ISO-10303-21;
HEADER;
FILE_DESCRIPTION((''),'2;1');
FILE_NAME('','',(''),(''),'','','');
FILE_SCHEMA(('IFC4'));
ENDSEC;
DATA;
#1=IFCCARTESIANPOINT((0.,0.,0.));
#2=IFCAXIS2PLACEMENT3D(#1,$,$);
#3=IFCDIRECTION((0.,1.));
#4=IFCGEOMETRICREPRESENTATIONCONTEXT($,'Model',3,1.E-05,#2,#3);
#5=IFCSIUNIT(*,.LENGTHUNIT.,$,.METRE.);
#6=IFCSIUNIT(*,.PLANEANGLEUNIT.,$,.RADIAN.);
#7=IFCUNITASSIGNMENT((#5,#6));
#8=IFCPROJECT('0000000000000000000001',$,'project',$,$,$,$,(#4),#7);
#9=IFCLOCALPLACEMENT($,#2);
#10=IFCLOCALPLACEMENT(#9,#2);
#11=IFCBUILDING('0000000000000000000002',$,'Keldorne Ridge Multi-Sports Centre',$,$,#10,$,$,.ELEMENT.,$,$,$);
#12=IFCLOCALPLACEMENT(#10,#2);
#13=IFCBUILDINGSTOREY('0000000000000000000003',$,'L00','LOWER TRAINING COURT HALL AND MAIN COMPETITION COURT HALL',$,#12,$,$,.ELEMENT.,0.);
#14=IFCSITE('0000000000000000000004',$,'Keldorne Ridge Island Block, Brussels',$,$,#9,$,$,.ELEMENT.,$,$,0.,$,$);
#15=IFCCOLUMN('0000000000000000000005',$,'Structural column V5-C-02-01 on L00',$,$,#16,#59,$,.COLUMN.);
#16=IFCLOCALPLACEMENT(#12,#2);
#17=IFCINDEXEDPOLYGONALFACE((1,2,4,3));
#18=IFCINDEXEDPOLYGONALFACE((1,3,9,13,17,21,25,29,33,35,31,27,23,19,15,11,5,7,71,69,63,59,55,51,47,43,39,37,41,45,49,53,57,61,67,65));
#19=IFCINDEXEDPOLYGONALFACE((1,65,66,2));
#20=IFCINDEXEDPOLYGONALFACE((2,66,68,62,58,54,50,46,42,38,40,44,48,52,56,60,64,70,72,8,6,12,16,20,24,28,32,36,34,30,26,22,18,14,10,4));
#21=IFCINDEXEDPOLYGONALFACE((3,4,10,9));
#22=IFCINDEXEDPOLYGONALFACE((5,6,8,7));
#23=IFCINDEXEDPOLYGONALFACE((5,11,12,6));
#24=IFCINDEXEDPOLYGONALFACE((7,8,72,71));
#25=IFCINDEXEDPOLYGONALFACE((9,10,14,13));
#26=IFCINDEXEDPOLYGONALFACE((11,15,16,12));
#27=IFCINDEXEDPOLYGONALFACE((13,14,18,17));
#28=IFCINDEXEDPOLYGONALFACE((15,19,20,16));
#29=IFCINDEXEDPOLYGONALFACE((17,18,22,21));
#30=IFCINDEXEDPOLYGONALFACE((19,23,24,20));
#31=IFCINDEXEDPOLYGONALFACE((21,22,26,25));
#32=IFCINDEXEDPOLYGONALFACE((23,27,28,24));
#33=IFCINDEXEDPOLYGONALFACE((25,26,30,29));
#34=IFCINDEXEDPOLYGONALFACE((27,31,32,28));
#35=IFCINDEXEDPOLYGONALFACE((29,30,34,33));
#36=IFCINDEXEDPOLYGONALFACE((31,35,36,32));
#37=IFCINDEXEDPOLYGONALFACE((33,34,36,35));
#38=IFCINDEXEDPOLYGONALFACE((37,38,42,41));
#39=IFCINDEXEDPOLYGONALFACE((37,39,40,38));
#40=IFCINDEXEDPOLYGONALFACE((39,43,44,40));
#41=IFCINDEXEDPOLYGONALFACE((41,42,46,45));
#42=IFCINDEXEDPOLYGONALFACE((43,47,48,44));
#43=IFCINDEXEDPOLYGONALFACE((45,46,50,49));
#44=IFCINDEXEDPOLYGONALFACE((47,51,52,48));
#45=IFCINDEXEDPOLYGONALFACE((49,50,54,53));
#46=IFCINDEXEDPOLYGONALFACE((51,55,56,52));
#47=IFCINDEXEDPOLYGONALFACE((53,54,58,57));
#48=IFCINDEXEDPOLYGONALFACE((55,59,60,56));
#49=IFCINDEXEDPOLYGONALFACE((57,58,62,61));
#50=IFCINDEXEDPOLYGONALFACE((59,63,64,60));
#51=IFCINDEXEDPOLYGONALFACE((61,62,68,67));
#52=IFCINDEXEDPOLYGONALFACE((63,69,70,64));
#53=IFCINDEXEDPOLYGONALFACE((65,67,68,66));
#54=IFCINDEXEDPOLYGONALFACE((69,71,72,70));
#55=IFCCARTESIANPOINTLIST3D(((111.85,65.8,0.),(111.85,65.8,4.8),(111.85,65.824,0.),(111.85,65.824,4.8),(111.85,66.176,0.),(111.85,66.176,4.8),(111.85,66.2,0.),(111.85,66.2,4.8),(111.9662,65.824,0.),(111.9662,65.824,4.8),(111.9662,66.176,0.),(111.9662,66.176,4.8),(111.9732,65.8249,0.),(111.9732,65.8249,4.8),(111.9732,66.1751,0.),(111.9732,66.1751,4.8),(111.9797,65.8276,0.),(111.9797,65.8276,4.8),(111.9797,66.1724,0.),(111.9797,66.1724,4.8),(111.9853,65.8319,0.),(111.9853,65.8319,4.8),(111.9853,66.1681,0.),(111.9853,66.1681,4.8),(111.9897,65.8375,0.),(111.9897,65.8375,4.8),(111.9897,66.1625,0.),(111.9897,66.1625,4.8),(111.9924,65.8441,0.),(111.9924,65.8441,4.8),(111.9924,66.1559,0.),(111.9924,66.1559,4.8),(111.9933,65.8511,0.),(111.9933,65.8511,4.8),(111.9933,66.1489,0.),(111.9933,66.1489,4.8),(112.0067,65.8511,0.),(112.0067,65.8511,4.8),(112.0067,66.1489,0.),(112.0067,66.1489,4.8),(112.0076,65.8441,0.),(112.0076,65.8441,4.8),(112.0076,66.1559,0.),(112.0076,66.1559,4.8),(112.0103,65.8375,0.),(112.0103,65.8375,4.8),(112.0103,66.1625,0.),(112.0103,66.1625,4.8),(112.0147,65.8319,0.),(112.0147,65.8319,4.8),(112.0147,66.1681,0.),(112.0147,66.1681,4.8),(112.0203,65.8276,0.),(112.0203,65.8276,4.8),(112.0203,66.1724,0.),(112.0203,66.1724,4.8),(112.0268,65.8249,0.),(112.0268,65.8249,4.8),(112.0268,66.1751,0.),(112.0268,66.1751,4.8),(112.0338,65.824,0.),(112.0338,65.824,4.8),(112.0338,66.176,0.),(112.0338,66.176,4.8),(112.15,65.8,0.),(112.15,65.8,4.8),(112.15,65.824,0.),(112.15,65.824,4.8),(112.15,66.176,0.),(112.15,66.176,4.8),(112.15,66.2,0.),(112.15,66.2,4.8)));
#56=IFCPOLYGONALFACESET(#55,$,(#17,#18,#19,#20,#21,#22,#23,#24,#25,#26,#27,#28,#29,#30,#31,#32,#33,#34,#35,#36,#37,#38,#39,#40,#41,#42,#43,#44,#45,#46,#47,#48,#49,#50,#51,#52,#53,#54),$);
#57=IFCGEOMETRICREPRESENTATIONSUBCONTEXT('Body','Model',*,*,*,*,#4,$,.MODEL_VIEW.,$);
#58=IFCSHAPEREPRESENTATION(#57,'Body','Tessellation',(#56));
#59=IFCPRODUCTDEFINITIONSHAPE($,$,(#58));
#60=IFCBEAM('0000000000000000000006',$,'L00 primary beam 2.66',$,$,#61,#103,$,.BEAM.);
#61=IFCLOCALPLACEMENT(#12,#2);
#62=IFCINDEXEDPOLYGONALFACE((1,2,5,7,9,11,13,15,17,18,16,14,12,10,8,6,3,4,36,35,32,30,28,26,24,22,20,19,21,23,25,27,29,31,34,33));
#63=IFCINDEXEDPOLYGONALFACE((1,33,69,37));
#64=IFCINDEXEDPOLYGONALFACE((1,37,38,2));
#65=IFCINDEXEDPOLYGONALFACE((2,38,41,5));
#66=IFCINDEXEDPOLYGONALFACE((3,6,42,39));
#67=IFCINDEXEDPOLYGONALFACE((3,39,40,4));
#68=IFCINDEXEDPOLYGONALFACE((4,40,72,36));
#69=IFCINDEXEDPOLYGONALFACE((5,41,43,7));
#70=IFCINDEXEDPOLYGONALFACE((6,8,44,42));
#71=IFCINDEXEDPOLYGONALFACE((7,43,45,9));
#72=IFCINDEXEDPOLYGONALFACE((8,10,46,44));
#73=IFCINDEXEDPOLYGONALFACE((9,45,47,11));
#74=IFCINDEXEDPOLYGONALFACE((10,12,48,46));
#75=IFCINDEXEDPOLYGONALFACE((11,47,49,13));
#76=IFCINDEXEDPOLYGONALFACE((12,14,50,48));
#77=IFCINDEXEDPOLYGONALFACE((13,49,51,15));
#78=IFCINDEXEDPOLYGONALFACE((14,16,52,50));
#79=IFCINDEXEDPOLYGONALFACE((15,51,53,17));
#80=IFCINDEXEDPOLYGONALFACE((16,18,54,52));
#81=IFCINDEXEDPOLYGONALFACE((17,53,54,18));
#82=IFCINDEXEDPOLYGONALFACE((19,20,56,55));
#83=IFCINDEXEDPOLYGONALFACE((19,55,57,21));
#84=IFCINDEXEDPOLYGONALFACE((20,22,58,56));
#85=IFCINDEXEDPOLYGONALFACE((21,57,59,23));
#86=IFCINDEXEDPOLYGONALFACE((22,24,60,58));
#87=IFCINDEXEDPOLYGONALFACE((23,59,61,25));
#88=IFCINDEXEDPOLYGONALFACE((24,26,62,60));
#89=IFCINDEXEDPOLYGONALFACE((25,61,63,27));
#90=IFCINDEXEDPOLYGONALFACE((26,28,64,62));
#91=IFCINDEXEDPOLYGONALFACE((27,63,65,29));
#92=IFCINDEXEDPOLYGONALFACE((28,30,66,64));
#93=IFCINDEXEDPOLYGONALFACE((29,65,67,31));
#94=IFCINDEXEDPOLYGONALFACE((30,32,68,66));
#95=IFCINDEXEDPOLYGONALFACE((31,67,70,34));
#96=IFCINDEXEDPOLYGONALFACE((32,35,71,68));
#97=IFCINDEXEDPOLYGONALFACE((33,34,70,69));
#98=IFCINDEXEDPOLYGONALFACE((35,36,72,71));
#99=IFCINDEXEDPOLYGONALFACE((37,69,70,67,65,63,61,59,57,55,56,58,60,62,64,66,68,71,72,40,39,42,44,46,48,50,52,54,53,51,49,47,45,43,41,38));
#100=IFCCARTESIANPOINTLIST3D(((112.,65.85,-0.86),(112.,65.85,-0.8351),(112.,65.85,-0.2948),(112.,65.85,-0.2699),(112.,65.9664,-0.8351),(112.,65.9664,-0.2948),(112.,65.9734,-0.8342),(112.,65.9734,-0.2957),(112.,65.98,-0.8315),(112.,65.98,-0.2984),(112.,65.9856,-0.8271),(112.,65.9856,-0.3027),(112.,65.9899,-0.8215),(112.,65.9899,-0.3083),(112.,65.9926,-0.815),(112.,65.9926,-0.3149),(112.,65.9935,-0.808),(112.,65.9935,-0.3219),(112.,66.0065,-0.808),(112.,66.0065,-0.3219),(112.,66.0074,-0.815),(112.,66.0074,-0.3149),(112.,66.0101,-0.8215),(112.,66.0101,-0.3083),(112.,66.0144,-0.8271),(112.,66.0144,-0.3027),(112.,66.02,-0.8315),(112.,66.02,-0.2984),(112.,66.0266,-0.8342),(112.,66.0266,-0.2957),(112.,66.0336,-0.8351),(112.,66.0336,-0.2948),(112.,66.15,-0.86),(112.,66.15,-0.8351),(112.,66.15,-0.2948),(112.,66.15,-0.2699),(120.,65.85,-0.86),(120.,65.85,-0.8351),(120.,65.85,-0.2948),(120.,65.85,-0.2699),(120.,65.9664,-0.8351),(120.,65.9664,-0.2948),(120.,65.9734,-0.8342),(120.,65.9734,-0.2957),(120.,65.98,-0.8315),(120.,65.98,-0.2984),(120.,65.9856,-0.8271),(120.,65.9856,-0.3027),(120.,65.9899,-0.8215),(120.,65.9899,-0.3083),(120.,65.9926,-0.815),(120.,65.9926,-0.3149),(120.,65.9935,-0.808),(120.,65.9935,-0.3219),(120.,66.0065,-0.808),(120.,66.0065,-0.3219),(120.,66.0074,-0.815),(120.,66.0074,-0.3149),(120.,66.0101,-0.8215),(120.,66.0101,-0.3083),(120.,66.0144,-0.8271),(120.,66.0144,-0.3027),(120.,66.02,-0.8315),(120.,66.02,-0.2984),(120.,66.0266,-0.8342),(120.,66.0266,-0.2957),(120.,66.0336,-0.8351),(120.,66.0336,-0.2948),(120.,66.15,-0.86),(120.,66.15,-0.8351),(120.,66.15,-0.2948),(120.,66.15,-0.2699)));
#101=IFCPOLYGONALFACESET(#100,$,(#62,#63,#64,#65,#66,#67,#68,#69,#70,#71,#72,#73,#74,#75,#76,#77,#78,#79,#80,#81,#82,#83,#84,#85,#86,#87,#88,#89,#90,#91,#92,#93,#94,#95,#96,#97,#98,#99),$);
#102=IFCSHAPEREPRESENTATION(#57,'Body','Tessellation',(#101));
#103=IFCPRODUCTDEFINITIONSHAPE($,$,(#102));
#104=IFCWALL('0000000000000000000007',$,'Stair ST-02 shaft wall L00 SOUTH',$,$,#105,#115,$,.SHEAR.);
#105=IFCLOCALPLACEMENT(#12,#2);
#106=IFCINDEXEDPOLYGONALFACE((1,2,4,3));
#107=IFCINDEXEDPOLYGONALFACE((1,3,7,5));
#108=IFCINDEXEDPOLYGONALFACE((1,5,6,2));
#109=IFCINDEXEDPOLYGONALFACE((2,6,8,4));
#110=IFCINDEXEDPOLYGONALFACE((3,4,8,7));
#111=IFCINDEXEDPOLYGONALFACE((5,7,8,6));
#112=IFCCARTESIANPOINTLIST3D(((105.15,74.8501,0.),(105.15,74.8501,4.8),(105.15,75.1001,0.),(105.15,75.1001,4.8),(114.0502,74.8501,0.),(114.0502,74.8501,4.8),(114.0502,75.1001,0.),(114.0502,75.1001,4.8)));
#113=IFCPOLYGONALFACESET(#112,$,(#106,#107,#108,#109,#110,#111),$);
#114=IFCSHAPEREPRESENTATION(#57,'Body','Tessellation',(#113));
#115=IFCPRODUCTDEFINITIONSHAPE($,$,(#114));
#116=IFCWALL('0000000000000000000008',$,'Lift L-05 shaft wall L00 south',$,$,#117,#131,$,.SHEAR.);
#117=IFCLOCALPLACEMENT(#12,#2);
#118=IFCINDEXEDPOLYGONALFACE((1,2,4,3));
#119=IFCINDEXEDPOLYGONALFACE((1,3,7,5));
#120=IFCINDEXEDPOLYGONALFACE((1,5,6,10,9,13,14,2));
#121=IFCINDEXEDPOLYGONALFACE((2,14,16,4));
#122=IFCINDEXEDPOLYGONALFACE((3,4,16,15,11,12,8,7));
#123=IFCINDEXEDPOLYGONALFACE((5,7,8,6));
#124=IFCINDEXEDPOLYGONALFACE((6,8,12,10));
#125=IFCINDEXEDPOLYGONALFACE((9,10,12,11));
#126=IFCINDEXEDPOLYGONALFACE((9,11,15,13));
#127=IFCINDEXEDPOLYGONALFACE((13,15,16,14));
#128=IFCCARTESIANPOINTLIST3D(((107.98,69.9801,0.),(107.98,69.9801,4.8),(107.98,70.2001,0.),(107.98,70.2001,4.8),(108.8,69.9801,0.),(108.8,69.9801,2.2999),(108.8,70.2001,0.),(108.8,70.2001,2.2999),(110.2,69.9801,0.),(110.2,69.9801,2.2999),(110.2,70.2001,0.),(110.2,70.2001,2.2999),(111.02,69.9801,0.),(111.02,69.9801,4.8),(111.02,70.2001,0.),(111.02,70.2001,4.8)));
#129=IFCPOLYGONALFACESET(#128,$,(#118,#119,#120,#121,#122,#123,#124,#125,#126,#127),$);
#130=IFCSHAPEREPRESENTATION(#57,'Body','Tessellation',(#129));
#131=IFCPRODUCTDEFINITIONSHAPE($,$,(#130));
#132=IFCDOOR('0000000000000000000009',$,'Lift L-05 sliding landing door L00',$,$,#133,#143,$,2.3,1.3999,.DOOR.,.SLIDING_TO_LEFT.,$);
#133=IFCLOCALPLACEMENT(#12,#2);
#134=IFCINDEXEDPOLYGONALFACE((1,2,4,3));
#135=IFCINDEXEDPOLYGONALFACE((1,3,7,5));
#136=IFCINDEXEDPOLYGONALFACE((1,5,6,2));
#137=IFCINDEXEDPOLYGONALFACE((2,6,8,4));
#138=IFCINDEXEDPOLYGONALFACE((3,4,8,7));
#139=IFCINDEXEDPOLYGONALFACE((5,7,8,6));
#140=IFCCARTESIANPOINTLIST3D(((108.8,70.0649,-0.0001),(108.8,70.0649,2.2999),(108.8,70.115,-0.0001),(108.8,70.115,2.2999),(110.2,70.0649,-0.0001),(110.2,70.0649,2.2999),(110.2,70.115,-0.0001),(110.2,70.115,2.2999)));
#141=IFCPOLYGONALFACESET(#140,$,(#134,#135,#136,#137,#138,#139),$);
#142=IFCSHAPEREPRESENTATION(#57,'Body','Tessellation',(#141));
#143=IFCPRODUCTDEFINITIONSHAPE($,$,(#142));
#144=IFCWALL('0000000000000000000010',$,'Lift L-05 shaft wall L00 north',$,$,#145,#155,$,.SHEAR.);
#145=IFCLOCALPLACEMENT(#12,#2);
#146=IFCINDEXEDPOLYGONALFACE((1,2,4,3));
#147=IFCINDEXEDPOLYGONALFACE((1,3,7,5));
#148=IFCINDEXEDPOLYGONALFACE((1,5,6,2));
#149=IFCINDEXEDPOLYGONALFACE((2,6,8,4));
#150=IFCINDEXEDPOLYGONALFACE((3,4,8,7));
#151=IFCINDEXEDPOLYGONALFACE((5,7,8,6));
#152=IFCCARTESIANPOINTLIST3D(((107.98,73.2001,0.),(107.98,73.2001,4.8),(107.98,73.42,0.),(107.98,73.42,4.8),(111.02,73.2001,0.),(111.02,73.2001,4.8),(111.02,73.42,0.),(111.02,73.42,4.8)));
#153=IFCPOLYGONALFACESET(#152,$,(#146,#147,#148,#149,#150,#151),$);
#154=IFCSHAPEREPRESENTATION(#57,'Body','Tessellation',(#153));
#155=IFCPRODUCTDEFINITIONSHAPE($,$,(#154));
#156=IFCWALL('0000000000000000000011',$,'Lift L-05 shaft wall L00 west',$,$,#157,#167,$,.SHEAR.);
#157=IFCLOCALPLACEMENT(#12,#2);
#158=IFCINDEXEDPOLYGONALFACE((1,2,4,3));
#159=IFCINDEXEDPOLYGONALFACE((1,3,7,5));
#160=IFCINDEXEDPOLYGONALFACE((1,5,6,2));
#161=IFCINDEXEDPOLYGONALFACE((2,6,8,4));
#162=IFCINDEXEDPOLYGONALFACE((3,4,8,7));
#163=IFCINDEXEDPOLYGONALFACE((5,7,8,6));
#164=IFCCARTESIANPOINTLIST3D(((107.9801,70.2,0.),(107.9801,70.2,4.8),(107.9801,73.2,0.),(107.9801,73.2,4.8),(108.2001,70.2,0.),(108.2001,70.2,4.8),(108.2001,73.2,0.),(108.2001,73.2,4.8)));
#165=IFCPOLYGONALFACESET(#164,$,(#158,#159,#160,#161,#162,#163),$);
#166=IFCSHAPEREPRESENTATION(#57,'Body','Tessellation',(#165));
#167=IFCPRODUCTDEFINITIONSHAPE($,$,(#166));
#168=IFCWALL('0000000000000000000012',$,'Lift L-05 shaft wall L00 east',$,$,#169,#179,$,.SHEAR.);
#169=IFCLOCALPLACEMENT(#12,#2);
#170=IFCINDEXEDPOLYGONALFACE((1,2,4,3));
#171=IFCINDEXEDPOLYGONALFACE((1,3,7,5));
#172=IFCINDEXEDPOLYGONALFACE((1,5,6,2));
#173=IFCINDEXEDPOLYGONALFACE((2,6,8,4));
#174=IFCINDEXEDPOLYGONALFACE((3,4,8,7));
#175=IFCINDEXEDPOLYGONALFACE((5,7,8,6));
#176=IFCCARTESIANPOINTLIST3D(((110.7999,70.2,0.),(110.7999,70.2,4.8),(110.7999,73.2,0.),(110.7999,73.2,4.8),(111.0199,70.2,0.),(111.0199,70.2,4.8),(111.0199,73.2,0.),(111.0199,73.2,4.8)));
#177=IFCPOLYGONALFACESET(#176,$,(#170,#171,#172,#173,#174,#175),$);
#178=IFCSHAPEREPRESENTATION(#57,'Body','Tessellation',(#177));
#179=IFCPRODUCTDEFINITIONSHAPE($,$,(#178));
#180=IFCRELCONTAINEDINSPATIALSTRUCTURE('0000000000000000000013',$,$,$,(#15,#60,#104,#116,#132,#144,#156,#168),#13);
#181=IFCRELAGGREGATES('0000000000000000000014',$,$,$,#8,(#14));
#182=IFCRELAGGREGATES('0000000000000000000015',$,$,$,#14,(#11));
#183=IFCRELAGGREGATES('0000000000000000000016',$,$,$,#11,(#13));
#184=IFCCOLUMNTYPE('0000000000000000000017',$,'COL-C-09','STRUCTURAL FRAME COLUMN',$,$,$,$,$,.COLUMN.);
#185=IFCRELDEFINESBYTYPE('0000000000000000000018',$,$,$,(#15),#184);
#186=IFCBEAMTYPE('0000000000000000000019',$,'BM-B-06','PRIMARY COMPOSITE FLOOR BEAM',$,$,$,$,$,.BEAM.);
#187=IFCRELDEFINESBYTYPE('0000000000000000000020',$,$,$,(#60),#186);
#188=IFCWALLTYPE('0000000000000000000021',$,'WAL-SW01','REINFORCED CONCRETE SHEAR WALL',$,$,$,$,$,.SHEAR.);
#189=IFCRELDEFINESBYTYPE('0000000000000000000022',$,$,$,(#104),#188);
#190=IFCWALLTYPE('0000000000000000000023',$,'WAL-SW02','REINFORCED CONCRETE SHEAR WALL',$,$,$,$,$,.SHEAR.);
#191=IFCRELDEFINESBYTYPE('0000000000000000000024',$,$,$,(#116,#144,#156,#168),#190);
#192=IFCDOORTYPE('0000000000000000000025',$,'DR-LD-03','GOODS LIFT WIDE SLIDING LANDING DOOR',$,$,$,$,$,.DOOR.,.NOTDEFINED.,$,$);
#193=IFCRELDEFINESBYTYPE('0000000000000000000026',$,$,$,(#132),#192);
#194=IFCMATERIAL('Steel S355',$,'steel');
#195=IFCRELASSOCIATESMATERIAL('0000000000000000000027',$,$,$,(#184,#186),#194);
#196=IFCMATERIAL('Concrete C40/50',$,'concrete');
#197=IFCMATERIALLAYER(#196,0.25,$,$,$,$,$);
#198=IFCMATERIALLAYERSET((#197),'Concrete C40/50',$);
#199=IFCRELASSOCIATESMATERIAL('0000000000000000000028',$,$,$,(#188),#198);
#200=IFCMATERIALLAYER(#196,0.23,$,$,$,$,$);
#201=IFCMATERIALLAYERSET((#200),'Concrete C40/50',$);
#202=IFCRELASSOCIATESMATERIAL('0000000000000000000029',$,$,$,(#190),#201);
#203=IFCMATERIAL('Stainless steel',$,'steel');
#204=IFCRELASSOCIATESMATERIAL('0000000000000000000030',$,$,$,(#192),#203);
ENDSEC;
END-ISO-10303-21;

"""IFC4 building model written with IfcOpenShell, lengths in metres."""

from ifc_helpers import new_model, si_unit, direction, frame, frame_2d, origin, origin_2d, place, context, subcontext, project, spatial, rectangle, i_section, extrude, material, layer, layer_set, material_profile, profile_set, type_object, element, fill, save


model = new_model("IFC4")

# Units and contexts
model_context = context("Model", 3, precision=1e-05, world=origin(), true_north=direction((0.0, 1.0)))
body_context = subcontext(model_context, "Body", "Model", "MODEL_VIEW")
ifc_project = project(units=[si_unit("LENGTHUNIT", "METRE"), si_unit("PLANEANGLEUNIT", "RADIAN")], contexts=[model_context])

# Site, building, storey
site_placement = place(None, origin())
site = spatial("IfcSite", under=ifc_project, at=site_placement, Name="Keldorne Ridge Island Block, Brussels", CompositionType="ELEMENT", RefElevation=0.0)
building_placement = place(site_placement, origin())
building = spatial("IfcBuilding", under=site, at=building_placement, Name="Keldorne Ridge Multi-Sports Centre", CompositionType="ELEMENT")
storey_placement = place(building_placement, origin())
storey = spatial("IfcBuildingStorey", under=building, at=storey_placement, Name="L00", Description="LOWER TRAINING COURT HALL AND MAIN COMPETITION COURT HALL", CompositionType="ELEMENT", Elevation=0.0)

# Column
ifc_material_1 = material(Name="Steel S355", Category="steel")
ifc_material_profile_1 = material_profile(ifc_material_1, i_section(OverallWidth=0.3, OverallDepth=0.3999, WebThickness=0.0134, FlangeThickness=0.0239, FilletRadius=0.0271, at=origin_2d()), Name="HEB 400")
ifc_profile_set_1 = profile_set([ifc_material_profile_1], Name="Steel S355")
column_type = type_object("IfcColumnType", Name="COL-C-09", Description="STRUCTURAL FRAME COLUMN", PredefinedType="COLUMN", material=ifc_profile_set_1)
column_placement = place(storey_placement, frame((112.0, 66.0, 0.0), z_axis=(0.0, 0.0, 1.0), x_axis=(1.0, 0.0, 0.0)))
element("IfcColumn", 1, at=column_placement, inside=storey, type_object=column_type, Name="Structural column V5-C-02-01 on L00", PredefinedType="COLUMN", context=body_context, shape_type="SweptSolid", body=[
    extrude(i_section(OverallWidth=0.3, OverallDepth=0.3999, WebThickness=0.0134, FlangeThickness=0.0239, FilletRadius=0.0271, at=origin_2d()), origin(), (0.0, 0.0, 1.0), 4.8),
])

# Beam
ifc_material_profile_2 = material_profile(ifc_material_1, i_section(OverallWidth=0.3, OverallDepth=0.5901, WebThickness=0.0129, FlangeThickness=0.0249, FilletRadius=0.0271, at=origin_2d()), Name="HEA 600")
ifc_profile_set_2 = profile_set([ifc_material_profile_2], Name="Steel S355")
beam_type = type_object("IfcBeamType", Name="BM-B-06", Description="PRIMARY COMPOSITE FLOOR BEAM", PredefinedType="BEAM", material=ifc_profile_set_2)
beam_placement = place(storey_placement, frame((112.0, 66.0, -0.5649), z_axis=(1.0, 0.0, 0.0), x_axis=(0.0, 1.0, 0.0)))
element("IfcBeam", 2, at=beam_placement, inside=storey, type_object=beam_type, Name="L00 primary beam 2.66", PredefinedType="BEAM", context=body_context, shape_type="SweptSolid", body=[
    extrude(i_section(OverallWidth=0.3, OverallDepth=0.5901, WebThickness=0.0129, FlangeThickness=0.0249, FilletRadius=0.0271, at=origin_2d()), origin(), (0.0, 0.0, 1.0), 8.0),
])

# Wall
ifc_material_2 = material(Name="Concrete C40/50", Category="concrete")
ifc_layer_1 = layer(ifc_material_2, 0.25)
ifc_layer_set_1 = layer_set([ifc_layer_1], Name="Concrete C40/50")
wall_type_1 = type_object("IfcWallType", Name="WAL-SW01", Description="REINFORCED CONCRETE SHEAR WALL", PredefinedType="SHEAR", material=ifc_layer_set_1)
wall_1_placement = place(storey_placement, frame((105.1499, 74.9751, 0.0), z_axis=(0.0, 0.0, 1.0), x_axis=(1.0, 0.0, 0.0)))
element("IfcWall", 3, at=wall_1_placement, inside=storey, type_object=wall_type_1, Name="Stair ST-02 shaft wall L00 SOUTH", PredefinedType="SHEAR", context=body_context, shape_type="SweptSolid", body=[
    extrude(rectangle(XDim=8.9001, YDim=0.25, at=frame_2d((4.4502, 0.0))), origin(), (0.0, 0.0, 1.0), 4.8),
])

# Wall, opening, door
ifc_layer_2 = layer(ifc_material_2, 0.23)
ifc_layer_set_2 = layer_set([ifc_layer_2], Name="Concrete C40/50")
wall_type_2 = type_object("IfcWallType", Name="WAL-SW02", Description="REINFORCED CONCRETE SHEAR WALL", PredefinedType="SHEAR", material=ifc_layer_set_2)
wall_2_placement = place(storey_placement, frame((107.98, 70.0901, 0.0), z_axis=(0.0, 0.0, 1.0), x_axis=(1.0, 0.0, 0.0)))
wall_2 = element("IfcWall", 4, at=wall_2_placement, inside=storey, type_object=wall_type_2, Name="Lift L-05 shaft wall L00 south", PredefinedType="SHEAR", context=body_context, shape_type="SweptSolid", body=[
    extrude(rectangle(XDim=3.04, YDim=0.22, at=frame_2d((1.52, 0.0))), origin(), (0.0, 0.0, 1.0), 4.8),
])
opening_1_placement = place(wall_2_placement, frame((0.8201, 0.0, 0.0)))
opening_1 = element("IfcOpeningElement", 5, at=opening_1_placement, cuts=wall_2, PredefinedType="OPENING", context=body_context, shape_type="SweptSolid", body=[
    extrude(rectangle(XDim=1.3999, YDim=2.3, at=frame_2d((0.7, 1.1499))), frame((0.0, 0.1201, 0.0), z_axis=(0.0, -1.0, 0.0), x_axis=(1.0, 0.0, 0.0)), (0.0, 0.0, 1.0), 0.24),
])
ifc_material_3 = material(Name="Stainless steel", Category="steel")
door_type_1 = type_object("IfcDoorType", Name="DR-LD-03", Description="GOODS LIFT WIDE SLIDING LANDING DOOR", OperationType="NOTDEFINED", PredefinedType="DOOR", material=ifc_material_3)
door_1_placement = place(opening_1_placement, origin())
door_1 = element("IfcDoor", 6, at=door_1_placement, inside=storey, type_object=door_type_1, Name="Lift L-05 sliding landing door L00", OperationType="SLIDING_TO_LEFT", OverallHeight=2.3, OverallWidth=1.3999, PredefinedType="DOOR", context=body_context, shape_type="SweptSolid", body=[
    extrude(rectangle(XDim=1.3999, YDim=2.3, at=frame_2d((0.7, 1.1499))), frame((0.0, 0.0249, 0.0), z_axis=(0.0, -1.0, 0.0), x_axis=(1.0, 0.0, 0.0)), (0.0, 0.0, 1.0), 0.05),
])
fill(opening_1, door_1)

# Walls
wall_3_placement = place(storey_placement, frame((111.02, 73.3101, 0.0), z_axis=(0.0, 0.0, 1.0), x_axis=(-1.0, 0.0, 0.0)))
element("IfcWall", 7, at=wall_3_placement, inside=storey, type_object=wall_type_2, Name="Lift L-05 shaft wall L00 north", PredefinedType="SHEAR", context=body_context, shape_type="SweptSolid", body=[
    extrude(rectangle(XDim=3.04, YDim=0.22, at=frame_2d((1.52, 0.0))), origin(), (0.0, 0.0, 1.0), 4.8),
])
for number, where, z_axis, x_axis, name in (
    (8, (108.0901, 73.2, 0.0), (0.0, 0.0, 1.0), (0.0, -1.0, 0.0), "Lift L-05 shaft wall L00 west"),
    (9, (110.9099, 70.2, 0.0), (0.0, 0.0, 1.0), (0.0, 1.0, 0.0), "Lift L-05 shaft wall L00 east"),
):
    element("IfcWall", number, at=place(storey_placement, frame(where, z_axis=z_axis, x_axis=x_axis)), inside=storey, type_object=wall_type_2, Name=name, PredefinedType="SHEAR", context=body_context, shape_type="SweptSolid", body=[
        extrude(rectangle(XDim=3.0, YDim=0.22, at=frame_2d((1.5, 0.0))), origin(), (0.0, 0.0, 1.0), 4.8),
    ])

save(model, "model.ifc")
